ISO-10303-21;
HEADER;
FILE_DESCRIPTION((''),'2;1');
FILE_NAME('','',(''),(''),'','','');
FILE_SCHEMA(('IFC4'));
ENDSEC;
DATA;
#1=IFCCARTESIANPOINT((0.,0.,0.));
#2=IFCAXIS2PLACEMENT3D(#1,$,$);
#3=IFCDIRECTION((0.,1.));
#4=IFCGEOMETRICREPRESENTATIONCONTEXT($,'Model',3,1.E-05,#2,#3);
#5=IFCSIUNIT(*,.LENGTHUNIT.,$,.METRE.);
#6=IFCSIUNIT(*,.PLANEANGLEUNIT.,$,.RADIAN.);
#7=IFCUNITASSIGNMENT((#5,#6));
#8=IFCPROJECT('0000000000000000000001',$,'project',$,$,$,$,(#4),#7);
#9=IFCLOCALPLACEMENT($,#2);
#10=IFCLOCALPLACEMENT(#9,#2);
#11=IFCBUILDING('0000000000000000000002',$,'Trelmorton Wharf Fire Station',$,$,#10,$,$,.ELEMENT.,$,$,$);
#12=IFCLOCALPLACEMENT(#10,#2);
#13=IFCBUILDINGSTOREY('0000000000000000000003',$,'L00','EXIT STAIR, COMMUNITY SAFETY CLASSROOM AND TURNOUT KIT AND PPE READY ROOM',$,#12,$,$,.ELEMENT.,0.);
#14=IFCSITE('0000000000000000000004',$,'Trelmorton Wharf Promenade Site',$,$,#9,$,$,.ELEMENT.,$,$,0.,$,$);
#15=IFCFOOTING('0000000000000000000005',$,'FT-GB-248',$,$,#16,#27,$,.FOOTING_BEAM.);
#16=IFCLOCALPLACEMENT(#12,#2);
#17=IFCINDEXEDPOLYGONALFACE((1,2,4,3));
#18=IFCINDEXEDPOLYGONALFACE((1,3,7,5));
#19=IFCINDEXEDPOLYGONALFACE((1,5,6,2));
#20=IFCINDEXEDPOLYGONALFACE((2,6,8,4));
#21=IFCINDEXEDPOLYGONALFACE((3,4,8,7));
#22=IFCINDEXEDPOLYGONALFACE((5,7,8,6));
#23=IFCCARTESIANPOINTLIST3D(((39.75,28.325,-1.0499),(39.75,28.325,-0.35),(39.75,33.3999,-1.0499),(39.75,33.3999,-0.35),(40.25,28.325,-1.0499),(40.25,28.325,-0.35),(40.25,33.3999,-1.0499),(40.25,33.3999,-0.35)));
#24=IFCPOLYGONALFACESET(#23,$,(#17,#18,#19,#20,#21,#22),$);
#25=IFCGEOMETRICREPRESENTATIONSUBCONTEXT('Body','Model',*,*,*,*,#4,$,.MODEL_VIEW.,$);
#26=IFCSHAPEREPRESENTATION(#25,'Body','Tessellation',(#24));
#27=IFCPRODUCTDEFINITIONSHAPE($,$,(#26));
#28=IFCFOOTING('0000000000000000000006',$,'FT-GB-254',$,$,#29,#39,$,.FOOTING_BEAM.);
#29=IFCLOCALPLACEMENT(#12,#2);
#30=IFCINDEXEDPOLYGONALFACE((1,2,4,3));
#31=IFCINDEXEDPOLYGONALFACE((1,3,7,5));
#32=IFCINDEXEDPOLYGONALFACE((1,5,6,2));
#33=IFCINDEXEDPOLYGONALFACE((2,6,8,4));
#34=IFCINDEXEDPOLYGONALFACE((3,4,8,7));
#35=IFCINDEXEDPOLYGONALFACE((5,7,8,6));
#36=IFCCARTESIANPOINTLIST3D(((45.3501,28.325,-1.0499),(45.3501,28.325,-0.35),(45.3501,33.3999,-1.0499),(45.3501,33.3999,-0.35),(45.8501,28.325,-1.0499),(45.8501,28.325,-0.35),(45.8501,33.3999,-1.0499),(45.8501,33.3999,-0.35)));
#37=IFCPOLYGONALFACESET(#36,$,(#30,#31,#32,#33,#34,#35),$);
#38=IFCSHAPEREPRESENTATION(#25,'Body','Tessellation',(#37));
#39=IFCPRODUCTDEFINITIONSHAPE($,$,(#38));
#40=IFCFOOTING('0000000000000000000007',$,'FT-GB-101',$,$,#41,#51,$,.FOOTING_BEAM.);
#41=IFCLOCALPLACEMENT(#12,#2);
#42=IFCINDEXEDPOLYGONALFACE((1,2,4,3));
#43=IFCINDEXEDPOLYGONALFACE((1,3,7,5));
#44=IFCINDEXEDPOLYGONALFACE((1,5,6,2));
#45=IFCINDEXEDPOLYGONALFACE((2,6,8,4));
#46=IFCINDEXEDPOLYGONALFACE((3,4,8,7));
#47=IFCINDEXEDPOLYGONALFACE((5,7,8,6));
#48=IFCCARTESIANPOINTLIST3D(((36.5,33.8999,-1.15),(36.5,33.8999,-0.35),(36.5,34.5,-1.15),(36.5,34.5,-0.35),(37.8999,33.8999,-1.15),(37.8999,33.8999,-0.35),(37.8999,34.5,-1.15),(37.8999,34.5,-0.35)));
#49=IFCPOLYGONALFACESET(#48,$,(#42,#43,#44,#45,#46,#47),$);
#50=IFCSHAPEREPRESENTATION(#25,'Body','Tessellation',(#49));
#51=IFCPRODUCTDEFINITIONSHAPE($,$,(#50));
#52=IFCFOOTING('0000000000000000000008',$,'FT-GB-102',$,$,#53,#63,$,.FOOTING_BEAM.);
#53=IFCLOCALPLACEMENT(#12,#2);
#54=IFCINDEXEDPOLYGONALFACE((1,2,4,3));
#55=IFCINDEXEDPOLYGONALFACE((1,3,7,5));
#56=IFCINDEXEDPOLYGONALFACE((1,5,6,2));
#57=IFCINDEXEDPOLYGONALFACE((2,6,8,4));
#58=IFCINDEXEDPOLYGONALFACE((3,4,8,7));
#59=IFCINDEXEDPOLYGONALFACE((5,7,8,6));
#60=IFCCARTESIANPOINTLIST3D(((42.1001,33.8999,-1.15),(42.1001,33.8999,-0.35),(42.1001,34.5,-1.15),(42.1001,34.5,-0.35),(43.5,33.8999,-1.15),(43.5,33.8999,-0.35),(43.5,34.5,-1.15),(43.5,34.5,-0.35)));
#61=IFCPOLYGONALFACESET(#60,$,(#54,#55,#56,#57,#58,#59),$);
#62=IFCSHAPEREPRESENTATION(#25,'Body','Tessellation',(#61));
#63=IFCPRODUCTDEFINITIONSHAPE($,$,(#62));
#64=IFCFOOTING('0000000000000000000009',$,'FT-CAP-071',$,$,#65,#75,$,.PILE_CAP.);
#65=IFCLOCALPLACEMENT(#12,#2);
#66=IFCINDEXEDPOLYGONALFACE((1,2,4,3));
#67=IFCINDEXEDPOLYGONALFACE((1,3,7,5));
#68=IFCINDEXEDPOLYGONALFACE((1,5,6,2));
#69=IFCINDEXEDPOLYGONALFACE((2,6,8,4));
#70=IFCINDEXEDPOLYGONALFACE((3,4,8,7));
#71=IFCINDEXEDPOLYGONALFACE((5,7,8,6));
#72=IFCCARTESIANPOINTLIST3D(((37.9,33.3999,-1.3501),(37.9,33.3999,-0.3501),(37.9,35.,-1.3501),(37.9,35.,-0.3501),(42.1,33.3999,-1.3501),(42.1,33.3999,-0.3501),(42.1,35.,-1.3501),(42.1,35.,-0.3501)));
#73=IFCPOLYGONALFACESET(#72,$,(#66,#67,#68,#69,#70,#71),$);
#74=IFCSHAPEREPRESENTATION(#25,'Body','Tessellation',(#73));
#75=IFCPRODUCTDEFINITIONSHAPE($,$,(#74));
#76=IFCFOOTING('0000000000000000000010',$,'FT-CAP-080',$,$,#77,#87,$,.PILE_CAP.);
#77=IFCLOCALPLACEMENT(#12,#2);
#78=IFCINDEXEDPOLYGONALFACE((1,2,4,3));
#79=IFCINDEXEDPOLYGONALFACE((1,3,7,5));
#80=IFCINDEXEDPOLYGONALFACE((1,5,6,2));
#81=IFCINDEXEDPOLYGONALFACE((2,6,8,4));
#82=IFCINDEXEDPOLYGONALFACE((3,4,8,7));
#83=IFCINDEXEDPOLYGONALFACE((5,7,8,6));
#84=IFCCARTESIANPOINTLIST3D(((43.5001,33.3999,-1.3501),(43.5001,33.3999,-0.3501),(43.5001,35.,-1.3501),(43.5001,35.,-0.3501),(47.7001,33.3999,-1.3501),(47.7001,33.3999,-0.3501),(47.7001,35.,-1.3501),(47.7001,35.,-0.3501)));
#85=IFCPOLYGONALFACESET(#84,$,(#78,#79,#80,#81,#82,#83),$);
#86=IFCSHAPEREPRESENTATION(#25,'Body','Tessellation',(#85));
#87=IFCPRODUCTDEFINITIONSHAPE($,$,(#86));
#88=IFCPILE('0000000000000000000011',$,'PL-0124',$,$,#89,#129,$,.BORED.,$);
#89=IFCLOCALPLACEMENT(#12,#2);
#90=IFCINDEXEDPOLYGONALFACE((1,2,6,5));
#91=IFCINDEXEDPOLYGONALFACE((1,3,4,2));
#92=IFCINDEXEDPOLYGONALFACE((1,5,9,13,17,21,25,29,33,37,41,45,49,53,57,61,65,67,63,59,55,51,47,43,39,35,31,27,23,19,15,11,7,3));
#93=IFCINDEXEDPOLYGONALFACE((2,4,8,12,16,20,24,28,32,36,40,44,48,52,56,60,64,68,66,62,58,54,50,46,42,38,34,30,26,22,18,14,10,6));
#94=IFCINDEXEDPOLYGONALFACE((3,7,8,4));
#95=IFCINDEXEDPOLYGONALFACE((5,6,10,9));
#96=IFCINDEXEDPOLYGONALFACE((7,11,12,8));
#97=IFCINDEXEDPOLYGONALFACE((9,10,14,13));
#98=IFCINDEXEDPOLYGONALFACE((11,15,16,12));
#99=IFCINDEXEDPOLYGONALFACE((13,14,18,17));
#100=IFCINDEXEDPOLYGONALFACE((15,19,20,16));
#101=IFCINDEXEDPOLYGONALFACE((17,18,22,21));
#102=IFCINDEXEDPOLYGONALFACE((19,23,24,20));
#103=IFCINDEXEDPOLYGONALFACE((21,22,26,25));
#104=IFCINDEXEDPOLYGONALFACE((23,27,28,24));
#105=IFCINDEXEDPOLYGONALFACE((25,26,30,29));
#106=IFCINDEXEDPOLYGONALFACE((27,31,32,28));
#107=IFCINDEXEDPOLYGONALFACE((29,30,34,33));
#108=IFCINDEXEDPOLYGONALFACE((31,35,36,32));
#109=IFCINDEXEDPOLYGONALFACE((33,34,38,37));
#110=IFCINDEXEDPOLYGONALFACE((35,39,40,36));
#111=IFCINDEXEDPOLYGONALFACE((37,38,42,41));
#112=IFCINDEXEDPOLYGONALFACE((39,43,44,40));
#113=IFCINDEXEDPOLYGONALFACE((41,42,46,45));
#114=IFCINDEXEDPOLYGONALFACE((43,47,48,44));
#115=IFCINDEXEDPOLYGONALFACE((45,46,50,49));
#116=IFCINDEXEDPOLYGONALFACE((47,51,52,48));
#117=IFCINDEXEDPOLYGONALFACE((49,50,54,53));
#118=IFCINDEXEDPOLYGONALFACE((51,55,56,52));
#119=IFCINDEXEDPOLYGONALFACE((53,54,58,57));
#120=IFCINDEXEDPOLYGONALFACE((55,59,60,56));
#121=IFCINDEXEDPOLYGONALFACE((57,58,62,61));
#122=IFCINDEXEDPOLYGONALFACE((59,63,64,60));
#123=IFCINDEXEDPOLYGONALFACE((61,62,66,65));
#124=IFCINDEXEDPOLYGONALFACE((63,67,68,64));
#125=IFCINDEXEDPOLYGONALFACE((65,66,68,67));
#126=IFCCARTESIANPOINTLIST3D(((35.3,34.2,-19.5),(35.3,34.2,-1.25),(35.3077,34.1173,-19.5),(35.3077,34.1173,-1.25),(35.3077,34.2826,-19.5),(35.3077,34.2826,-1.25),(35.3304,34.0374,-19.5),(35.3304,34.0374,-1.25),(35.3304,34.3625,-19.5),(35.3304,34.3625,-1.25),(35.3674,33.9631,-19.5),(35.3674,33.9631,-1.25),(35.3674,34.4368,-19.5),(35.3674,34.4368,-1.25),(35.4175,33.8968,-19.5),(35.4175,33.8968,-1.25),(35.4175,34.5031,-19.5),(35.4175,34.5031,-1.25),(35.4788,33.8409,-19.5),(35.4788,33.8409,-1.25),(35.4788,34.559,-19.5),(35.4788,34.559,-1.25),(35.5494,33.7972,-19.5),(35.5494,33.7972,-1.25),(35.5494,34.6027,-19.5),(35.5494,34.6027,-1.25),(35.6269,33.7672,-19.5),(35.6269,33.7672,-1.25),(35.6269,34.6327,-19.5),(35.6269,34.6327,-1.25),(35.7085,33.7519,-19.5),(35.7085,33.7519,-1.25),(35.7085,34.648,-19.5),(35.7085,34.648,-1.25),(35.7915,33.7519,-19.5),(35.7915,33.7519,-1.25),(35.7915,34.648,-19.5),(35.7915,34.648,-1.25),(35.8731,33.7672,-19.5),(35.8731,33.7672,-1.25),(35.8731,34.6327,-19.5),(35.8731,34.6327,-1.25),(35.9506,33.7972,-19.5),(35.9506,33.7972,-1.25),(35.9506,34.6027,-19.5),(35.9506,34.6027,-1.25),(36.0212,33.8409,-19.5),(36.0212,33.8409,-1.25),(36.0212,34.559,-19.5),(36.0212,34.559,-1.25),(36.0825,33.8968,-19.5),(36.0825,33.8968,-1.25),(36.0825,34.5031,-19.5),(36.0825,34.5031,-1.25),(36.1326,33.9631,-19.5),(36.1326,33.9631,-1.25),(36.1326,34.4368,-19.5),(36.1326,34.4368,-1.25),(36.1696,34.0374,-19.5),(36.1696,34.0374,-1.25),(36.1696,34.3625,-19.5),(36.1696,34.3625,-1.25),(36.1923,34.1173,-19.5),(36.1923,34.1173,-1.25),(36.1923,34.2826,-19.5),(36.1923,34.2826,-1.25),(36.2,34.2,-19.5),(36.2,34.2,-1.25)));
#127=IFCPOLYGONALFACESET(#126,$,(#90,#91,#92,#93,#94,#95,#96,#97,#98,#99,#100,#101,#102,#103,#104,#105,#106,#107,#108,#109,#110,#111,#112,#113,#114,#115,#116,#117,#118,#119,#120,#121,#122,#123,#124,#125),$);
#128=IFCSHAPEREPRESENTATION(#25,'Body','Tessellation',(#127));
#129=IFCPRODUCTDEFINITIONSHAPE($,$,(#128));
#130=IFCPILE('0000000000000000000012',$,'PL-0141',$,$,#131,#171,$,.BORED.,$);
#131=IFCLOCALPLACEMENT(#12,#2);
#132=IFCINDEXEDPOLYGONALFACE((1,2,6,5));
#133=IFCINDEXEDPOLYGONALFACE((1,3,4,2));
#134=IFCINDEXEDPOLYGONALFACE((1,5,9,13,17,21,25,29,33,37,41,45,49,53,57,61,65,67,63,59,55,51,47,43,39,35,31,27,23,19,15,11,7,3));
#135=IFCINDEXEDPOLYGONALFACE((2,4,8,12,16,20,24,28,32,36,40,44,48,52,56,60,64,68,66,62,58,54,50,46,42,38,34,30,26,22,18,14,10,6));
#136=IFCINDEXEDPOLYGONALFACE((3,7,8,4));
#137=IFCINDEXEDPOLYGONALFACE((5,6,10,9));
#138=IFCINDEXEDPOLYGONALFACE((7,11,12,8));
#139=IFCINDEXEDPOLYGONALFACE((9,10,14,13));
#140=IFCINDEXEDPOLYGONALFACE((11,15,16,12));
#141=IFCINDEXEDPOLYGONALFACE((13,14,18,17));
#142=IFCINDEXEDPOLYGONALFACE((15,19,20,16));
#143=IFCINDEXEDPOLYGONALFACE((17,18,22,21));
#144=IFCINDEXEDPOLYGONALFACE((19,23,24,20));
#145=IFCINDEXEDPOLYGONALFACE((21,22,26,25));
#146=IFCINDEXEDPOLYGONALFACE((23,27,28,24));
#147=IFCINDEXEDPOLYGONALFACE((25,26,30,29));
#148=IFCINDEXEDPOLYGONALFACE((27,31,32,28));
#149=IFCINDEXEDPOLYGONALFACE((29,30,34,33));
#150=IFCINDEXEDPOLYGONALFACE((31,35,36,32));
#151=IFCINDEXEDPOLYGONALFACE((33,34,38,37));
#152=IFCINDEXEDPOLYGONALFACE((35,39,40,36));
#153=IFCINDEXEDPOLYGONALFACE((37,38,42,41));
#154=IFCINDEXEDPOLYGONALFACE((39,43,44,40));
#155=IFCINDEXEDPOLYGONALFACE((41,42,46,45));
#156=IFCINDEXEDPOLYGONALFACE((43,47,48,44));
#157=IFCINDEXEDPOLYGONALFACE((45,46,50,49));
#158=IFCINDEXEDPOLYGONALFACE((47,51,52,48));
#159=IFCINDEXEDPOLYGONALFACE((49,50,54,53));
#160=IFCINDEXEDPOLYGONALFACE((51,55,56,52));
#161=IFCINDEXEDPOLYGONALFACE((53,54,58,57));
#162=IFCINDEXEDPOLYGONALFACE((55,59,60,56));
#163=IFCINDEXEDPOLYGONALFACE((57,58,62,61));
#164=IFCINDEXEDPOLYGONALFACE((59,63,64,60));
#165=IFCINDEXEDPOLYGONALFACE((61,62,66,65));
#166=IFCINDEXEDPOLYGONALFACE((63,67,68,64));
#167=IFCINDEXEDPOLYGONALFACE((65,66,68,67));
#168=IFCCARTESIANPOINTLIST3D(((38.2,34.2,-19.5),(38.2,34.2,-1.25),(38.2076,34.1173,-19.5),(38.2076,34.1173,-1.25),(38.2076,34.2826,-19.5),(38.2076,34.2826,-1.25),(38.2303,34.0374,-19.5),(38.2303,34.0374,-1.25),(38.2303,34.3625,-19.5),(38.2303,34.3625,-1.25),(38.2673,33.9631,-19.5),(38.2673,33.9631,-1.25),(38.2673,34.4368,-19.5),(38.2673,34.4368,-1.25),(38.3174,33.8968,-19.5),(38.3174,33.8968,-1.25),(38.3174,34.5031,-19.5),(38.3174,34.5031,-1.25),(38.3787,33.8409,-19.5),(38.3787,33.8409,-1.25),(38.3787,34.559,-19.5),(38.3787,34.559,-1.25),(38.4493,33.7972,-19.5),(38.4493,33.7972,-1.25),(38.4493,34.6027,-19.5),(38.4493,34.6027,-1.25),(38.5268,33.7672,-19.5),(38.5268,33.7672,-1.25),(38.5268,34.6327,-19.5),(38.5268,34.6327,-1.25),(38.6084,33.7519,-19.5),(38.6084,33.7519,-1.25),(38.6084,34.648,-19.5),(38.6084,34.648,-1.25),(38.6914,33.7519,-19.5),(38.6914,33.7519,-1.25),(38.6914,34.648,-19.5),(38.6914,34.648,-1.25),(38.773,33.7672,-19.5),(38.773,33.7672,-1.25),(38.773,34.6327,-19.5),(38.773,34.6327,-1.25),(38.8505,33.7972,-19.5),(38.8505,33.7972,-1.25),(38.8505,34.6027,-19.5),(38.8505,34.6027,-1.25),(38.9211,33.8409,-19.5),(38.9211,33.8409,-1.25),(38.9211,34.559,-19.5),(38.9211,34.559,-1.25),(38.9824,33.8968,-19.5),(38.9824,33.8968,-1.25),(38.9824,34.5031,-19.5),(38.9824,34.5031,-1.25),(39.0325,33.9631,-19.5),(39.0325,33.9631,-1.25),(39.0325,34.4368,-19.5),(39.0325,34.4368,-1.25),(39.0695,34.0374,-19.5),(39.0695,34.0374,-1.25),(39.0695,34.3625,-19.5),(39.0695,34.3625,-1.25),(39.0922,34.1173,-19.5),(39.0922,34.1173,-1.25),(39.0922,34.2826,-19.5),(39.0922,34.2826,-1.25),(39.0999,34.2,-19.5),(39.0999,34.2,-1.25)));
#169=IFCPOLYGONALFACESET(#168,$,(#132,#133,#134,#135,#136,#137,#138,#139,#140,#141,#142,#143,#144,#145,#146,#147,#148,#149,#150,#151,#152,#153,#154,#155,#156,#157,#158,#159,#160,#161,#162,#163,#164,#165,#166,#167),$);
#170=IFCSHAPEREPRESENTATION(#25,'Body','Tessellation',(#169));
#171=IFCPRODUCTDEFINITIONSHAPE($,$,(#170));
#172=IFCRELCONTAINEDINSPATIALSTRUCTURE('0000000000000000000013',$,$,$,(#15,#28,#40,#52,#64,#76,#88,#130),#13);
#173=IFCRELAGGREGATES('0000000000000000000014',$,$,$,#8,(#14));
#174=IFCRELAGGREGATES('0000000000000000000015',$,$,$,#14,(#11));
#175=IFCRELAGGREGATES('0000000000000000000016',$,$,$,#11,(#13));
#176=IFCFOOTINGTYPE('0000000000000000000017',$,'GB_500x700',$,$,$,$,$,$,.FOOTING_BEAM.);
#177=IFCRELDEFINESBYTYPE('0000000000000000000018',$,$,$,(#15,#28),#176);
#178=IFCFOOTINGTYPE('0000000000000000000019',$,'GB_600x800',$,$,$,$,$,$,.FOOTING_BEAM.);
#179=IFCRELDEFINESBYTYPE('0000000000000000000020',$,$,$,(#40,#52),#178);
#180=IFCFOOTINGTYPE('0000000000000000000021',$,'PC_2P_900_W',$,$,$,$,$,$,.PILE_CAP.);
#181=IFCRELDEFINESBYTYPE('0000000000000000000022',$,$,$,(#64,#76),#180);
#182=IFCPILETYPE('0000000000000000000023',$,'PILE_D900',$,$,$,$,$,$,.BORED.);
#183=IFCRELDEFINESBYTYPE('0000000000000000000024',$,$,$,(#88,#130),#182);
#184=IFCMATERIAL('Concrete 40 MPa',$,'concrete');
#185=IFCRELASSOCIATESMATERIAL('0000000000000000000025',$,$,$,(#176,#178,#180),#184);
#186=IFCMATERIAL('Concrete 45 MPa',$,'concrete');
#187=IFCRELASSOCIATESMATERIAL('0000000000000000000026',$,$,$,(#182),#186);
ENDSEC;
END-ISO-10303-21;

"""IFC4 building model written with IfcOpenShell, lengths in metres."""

from ifc_helpers import new_model, si_unit, direction, frame, origin, origin_2d, place, context, subcontext, project, spatial, rectangle, circle, extrude, material, material_profile, profile_set, type_object, element, save


model = new_model("IFC4")

# Units and contexts
model_context = context("Model", 3, precision=1e-05, world=origin(), true_north=direction((0.0, 1.0)))
body_context = subcontext(model_context, "Body", "Model", "MODEL_VIEW")
ifc_project = project(units=[si_unit("LENGTHUNIT", "METRE"), si_unit("PLANEANGLEUNIT", "RADIAN")], contexts=[model_context])

# Site, building, storey
site_placement = place(None, origin())
site = spatial("IfcSite", under=ifc_project, at=site_placement, Name="Trelmorton Wharf Promenade Site", CompositionType="ELEMENT", RefElevation=0.0)
building_placement = place(site_placement, origin())
building = spatial("IfcBuilding", under=site, at=building_placement, Name="Trelmorton Wharf Fire Station", CompositionType="ELEMENT")
storey_placement = place(building_placement, origin())
storey = spatial("IfcBuildingStorey", under=building, at=storey_placement, Name="L00", Description="EXIT STAIR, COMMUNITY SAFETY CLASSROOM AND TURNOUT KIT AND PPE READY ROOM", CompositionType="ELEMENT", Elevation=0.0)

# Footings
ifc_material_1 = material(Name="Concrete 40 MPa", Category="concrete")
ifc_material_profile_1 = material_profile(ifc_material_1, rectangle(XDim=0.5, YDim=0.7, at=origin_2d()), Name="RC500x700")
ifc_profile_set_1 = profile_set([ifc_material_profile_1], Name="Concrete 40 MPa")
footing_type_1 = type_object("IfcFootingType", Name="GB_500x700", PredefinedType="FOOTING_BEAM", material=ifc_profile_set_1)
for number, where, z_axis, x_axis, name in (
    (1, (40.0, 28.325, -0.7), (0.0, 1.0, 0.0), (-1.0, 0.0, 0.0), "FT-GB-248"),
    (2, (45.6001, 28.325, -0.7), (0.0, 1.0, 0.0), (-1.0, 0.0, 0.0), "FT-GB-254"),
):
    element("IfcFooting", number, at=place(storey_placement, frame(where, z_axis=z_axis, x_axis=x_axis)), inside=storey, type_object=footing_type_1, Name=name, PredefinedType="FOOTING_BEAM", context=body_context, shape_type="SweptSolid", body=[
        extrude(rectangle(XDim=0.5, YDim=0.7, at=origin_2d()), origin(), (0.0, 0.0, 1.0), 5.075),
    ])
ifc_material_profile_2 = material_profile(ifc_material_1, rectangle(XDim=0.6001, YDim=0.8, at=origin_2d()), Name="RC600x800")
ifc_profile_set_2 = profile_set([ifc_material_profile_2], Name="Concrete 40 MPa")
footing_type_2 = type_object("IfcFootingType", Name="GB_600x800", PredefinedType="FOOTING_BEAM", material=ifc_profile_set_2)
for number, where, z_axis, x_axis, name in (
    (3, (36.5, 34.2, -0.75), (1.0, 0.0, 0.0), (0.0, 1.0, 0.0), "FT-GB-101"),
    (4, (42.1001, 34.2, -0.75), (1.0, 0.0, 0.0), (0.0, 1.0, 0.0), "FT-GB-102"),
):
    element("IfcFooting", number, at=place(storey_placement, frame(where, z_axis=z_axis, x_axis=x_axis)), inside=storey, type_object=footing_type_2, Name=name, PredefinedType="FOOTING_BEAM", context=body_context, shape_type="SweptSolid", body=[
        extrude(rectangle(XDim=0.6001, YDim=0.8, at=origin_2d()), origin(), (0.0, 0.0, 1.0), 1.3999),
    ])
footing_type_3 = type_object("IfcFootingType", Name="PC_2P_900_W", PredefinedType="PILE_CAP", material=ifc_material_1)
for number, where, z_axis, x_axis, name in (
    (5, (40.0, 34.2, -1.3501), (0.0, 0.0, 1.0), (1.0, 0.0, 0.0), "FT-CAP-071"),
    (6, (45.6001, 34.2, -1.3501), (0.0, 0.0, 1.0), (1.0, 0.0, 0.0), "FT-CAP-080"),
):
    element("IfcFooting", number, at=place(storey_placement, frame(where, z_axis=z_axis, x_axis=x_axis)), inside=storey, type_object=footing_type_3, Name=name, PredefinedType="PILE_CAP", context=body_context, shape_type="SweptSolid", body=[
        extrude(rectangle(XDim=4.2, YDim=1.6001, at=origin_2d()), origin(), (0.0, 0.0, 1.0), 1.0),
    ])

# Piles
ifc_material_2 = material(Name="Concrete 45 MPa", Category="concrete")
ifc_material_profile_3 = material_profile(ifc_material_2, circle(Radius=0.45, at=origin_2d()), Name="PILE-D900")
ifc_profile_set_3 = profile_set([ifc_material_profile_3], Name="Concrete 45 MPa")
pile_type = type_object("IfcPileType", Name="PILE_D900", PredefinedType="BORED", material=ifc_profile_set_3)
for number, where, z_axis, x_axis, name in (
    (7, (35.75, 34.2, -1.25), (0.0, 0.0, -1.0), (1.0, 0.0, 0.0), "PL-0124"),
    (8, (38.6499, 34.2, -1.25), (0.0, 0.0, -1.0), (1.0, 0.0, 0.0), "PL-0141"),
):
    element("IfcPile", number, at=place(storey_placement, frame(where, z_axis=z_axis, x_axis=x_axis)), inside=storey, type_object=pile_type, Name=name, PredefinedType="BORED", context=body_context, shape_type="SweptSolid", body=[
        extrude(circle(Radius=0.45, at=origin_2d()), origin(), (0.0, 0.0, 1.0), 18.25),
    ])

save(model, "model.ifc")
